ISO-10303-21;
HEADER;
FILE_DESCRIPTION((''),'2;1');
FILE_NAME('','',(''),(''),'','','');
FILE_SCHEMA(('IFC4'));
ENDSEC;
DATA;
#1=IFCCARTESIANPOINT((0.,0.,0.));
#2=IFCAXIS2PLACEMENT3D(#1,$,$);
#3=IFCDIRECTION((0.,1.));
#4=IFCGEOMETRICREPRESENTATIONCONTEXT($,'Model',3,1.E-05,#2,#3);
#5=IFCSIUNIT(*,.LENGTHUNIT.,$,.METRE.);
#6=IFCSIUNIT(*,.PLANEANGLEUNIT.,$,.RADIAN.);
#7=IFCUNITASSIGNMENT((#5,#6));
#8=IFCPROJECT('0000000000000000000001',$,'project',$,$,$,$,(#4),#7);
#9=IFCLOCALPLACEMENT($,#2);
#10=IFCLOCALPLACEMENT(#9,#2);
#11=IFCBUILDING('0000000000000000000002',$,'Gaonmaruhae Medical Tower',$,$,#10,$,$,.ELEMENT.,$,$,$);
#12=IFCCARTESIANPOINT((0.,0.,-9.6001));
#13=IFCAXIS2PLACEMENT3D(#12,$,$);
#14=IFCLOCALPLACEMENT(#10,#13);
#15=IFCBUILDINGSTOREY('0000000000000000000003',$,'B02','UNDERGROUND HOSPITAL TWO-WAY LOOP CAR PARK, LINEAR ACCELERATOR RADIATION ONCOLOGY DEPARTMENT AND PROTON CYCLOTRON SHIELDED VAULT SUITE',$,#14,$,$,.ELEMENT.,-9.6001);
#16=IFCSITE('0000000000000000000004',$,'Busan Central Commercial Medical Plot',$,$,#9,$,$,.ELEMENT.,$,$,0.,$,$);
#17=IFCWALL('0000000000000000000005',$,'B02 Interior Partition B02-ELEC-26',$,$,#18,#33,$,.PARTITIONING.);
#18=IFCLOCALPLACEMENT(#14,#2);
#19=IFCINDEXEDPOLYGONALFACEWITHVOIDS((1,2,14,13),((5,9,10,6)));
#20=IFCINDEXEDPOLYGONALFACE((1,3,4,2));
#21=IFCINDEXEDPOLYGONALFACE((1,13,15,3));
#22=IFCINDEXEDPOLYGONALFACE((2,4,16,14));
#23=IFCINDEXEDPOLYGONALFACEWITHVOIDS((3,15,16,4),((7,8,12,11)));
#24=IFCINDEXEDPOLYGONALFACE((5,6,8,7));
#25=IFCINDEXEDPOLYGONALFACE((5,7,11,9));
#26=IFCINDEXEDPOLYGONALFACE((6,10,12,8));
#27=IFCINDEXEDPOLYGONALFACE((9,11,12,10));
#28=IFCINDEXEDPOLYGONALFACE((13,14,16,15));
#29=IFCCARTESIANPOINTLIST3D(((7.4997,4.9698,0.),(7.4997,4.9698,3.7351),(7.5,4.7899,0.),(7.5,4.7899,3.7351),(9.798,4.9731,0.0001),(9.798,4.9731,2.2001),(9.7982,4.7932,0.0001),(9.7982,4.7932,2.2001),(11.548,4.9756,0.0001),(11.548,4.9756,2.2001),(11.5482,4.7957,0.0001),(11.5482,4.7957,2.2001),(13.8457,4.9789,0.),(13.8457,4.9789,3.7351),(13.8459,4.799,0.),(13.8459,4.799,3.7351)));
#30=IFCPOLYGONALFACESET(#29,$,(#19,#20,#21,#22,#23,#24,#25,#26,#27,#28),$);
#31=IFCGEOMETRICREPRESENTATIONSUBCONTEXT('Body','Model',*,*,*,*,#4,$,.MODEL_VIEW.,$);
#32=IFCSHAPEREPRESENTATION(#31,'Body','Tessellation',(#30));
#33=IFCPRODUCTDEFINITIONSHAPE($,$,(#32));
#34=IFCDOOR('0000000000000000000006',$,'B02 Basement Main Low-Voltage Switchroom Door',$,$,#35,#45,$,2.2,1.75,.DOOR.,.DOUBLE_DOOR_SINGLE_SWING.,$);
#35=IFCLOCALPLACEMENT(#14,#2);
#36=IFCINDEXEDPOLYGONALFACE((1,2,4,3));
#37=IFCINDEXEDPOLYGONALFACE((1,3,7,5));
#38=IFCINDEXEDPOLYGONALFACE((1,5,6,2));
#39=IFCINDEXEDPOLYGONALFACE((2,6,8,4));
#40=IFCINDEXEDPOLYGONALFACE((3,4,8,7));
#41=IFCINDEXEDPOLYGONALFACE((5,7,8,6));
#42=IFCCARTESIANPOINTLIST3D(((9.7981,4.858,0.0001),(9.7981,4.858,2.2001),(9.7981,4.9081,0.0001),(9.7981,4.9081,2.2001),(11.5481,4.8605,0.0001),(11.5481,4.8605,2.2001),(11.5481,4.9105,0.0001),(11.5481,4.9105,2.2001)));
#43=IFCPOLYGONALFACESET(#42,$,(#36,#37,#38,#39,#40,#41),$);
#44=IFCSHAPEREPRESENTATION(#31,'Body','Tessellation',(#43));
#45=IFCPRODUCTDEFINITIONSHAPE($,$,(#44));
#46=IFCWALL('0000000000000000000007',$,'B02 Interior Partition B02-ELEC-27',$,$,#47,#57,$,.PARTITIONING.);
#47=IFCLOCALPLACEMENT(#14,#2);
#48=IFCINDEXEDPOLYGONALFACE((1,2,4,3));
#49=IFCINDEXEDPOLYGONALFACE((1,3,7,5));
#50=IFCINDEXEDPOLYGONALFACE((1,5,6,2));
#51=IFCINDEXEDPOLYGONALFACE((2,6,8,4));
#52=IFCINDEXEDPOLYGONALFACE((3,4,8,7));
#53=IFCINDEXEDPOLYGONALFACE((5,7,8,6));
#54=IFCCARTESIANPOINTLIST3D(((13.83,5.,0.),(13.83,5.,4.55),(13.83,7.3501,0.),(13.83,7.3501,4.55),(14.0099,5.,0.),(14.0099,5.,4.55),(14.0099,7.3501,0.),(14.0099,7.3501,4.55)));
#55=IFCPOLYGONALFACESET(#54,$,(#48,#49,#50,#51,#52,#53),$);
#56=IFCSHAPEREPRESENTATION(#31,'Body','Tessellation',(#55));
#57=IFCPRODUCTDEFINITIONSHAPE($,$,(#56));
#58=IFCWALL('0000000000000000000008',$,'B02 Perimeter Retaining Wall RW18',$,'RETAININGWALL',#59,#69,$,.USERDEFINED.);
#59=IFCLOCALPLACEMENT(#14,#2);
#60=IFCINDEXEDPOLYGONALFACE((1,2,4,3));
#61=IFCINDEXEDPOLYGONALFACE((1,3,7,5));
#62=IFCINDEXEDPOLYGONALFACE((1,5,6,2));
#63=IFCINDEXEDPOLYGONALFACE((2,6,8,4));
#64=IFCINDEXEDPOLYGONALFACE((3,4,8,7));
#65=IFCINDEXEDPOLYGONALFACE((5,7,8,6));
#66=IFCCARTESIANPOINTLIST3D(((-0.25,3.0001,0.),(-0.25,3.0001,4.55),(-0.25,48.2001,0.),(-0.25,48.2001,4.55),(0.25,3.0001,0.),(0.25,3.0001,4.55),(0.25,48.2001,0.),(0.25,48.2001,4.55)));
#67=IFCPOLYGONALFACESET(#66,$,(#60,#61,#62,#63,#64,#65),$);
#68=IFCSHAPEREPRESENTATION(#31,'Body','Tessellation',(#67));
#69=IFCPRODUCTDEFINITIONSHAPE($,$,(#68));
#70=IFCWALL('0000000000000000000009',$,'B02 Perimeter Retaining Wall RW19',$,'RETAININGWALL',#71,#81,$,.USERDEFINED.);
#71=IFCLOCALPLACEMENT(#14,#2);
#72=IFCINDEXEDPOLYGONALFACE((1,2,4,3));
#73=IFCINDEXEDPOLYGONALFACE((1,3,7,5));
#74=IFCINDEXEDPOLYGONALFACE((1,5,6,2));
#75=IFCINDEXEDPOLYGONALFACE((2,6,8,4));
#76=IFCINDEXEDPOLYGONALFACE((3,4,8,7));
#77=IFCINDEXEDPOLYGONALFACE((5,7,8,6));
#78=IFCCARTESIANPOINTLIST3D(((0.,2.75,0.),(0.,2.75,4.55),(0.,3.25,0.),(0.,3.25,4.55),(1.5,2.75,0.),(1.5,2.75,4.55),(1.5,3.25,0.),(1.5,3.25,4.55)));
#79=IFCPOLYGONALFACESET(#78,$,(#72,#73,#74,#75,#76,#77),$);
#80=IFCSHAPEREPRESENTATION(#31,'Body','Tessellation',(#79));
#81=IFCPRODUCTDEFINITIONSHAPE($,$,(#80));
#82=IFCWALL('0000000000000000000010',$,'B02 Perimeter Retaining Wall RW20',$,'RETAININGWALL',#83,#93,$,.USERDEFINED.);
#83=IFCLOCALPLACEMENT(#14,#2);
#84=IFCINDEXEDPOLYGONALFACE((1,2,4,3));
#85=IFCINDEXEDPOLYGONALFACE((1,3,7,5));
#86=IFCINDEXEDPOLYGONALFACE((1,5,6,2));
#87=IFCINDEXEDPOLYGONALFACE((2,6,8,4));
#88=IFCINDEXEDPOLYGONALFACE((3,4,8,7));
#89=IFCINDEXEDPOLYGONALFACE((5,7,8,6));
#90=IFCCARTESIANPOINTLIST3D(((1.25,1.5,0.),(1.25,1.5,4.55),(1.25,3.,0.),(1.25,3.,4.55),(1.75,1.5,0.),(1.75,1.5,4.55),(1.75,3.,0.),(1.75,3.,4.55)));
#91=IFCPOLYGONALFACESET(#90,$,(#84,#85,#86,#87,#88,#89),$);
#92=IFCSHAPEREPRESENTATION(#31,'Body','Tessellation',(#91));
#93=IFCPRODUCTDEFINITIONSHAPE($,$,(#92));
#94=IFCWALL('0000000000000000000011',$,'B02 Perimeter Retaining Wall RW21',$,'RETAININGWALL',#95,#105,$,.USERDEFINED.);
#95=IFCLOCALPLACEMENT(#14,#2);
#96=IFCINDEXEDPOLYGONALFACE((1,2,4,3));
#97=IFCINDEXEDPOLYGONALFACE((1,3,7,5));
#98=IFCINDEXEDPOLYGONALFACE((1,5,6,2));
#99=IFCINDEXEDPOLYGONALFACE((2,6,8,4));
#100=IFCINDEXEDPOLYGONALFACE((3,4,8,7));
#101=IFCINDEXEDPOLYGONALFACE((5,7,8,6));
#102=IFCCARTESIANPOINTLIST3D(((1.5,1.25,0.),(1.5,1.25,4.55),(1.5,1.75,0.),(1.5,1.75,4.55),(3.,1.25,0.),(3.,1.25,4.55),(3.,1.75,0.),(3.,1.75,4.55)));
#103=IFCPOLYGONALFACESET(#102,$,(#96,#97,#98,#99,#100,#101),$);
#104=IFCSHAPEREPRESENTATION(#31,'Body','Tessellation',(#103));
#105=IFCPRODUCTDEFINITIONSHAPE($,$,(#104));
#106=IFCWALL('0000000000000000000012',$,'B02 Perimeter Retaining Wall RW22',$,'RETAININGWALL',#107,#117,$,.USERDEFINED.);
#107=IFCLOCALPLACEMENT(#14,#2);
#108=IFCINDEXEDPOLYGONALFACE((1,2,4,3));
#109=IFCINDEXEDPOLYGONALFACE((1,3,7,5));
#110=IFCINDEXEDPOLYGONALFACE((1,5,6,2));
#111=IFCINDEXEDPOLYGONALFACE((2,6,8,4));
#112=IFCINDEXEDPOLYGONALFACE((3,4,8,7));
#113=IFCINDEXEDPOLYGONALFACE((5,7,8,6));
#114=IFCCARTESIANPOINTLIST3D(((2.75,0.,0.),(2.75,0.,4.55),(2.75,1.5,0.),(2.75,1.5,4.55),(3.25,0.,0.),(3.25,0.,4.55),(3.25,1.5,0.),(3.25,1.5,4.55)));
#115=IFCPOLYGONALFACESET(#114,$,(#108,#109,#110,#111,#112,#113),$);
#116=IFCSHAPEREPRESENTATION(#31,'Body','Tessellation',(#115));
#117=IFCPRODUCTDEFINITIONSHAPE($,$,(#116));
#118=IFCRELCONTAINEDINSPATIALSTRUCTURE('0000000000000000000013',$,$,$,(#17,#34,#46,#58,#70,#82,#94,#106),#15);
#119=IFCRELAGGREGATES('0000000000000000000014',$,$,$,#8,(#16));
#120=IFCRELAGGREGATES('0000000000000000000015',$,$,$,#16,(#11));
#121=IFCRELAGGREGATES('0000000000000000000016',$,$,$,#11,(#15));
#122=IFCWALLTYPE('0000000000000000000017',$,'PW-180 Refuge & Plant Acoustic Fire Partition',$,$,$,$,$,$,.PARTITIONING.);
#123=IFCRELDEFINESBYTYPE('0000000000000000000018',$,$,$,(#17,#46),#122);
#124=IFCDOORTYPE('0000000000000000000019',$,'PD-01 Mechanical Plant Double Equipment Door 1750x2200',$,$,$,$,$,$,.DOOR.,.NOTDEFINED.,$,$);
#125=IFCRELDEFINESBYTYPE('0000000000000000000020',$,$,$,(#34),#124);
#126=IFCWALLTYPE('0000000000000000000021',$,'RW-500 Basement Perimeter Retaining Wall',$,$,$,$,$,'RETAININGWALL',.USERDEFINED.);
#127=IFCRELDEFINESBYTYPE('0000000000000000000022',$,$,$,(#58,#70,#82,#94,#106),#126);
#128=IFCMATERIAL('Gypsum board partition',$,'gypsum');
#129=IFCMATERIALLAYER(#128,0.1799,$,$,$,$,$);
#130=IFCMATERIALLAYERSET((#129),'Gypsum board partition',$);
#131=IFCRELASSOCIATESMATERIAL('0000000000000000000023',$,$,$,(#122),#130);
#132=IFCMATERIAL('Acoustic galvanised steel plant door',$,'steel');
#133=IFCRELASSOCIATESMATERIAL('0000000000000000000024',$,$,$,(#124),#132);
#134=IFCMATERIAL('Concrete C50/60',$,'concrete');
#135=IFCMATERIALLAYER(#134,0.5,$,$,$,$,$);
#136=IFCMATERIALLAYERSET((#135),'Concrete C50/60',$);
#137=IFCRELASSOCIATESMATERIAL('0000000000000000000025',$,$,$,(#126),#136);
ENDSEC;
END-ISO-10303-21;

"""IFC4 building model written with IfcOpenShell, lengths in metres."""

from ifc_helpers import new_model, si_unit, direction, frame, frame_2d, origin, place, context, subcontext, project, spatial, rectangle, extrude, material, layer, layer_set, type_object, element, fill, save


model = new_model("IFC4")

# Units and contexts
model_context = context("Model", 3, precision=1e-05, world=origin(), true_north=direction((0.0, 1.0)))
body_context = subcontext(model_context, "Body", "Model", "MODEL_VIEW")
ifc_project = project(units=[si_unit("LENGTHUNIT", "METRE"), si_unit("PLANEANGLEUNIT", "RADIAN")], contexts=[model_context])

# Site, building, storey
site_placement = place(None, origin())
site = spatial("IfcSite", under=ifc_project, at=site_placement, Name="Busan Central Commercial Medical Plot", CompositionType="ELEMENT", RefElevation=0.0)
building_placement = place(site_placement, origin())
building = spatial("IfcBuilding", under=site, at=building_placement, Name="Gaonmaruhae Medical Tower", CompositionType="ELEMENT")
storey_placement = place(building_placement, frame((0.0, 0.0, -9.6001)))
storey = spatial("IfcBuildingStorey", under=building, at=storey_placement, Name="B02", Description="UNDERGROUND HOSPITAL TWO-WAY LOOP CAR PARK, LINEAR ACCELERATOR RADIATION ONCOLOGY DEPARTMENT AND PROTON CYCLOTRON SHIELDED VAULT SUITE", CompositionType="ELEMENT", Elevation=-9.6001)

# Shared definitions
ifc_material_1 = material(Name="Concrete C50/60", Category="concrete")

# Shared definitions
ifc_material_2 = material(Name="Gypsum board partition", Category="gypsum")
ifc_layer_1 = layer(ifc_material_2, 0.1799)
ifc_layer_set_1 = layer_set([ifc_layer_1], Name="Gypsum board partition")
wall_type_1 = type_object("IfcWallType", Name="PW-180 Refuge & Plant Acoustic Fire Partition", PredefinedType="PARTITIONING", material=ifc_layer_set_1)

# Wall, opening, door
wall_1_placement = place(storey_placement, frame((7.5, 4.8799, 0.0), z_axis=(0.0, 0.0, 1.0), x_axis=(0.999999, 0.001423, 0.0)))
wall_1 = element("IfcWall", 1, at=wall_1_placement, inside=storey, type_object=wall_type_1, Name="B02 Interior Partition B02-ELEC-26", PredefinedType="PARTITIONING", context=body_context, shape_type="SweptSolid", body=[
    extrude(rectangle(XDim=6.3459, YDim=0.1799, at=frame_2d((3.1729, 0.0))), origin(), (0.0, 0.0, 1.0), 3.7351),
])
opening_placement = place(wall_1_placement, frame((2.2981, 0.0, 0.0)))
opening = element("IfcOpeningElement", 2, at=opening_placement, cuts=wall_1, PredefinedType="OPENING", context=body_context, shape_type="SweptSolid", body=[
    extrude(rectangle(XDim=1.75, YDim=2.2, at=frame_2d((0.875, 1.1001))), frame((0.0, 0.1001, 0.0), z_axis=(0.0, -1.0, 0.0), x_axis=(1.0, 0.0, 0.0)), (0.0, 0.0, 1.0), 0.2),
])
ifc_material_3 = material(Name="Acoustic galvanised steel plant door", Category="steel")
door_type = type_object("IfcDoorType", Name="PD-01 Mechanical Plant Double Equipment Door 1750x2200", OperationType="NOTDEFINED", PredefinedType="DOOR", material=ifc_material_3)
door_placement = place(opening_placement, origin())
door = element("IfcDoor", 3, at=door_placement, inside=storey, type_object=door_type, Name="B02 Basement Main Low-Voltage Switchroom Door", OperationType="DOUBLE_DOOR_SINGLE_SWING", OverallHeight=2.2, OverallWidth=1.75, PredefinedType="DOOR", context=body_context, shape_type="SweptSolid", body=[
    extrude(rectangle(XDim=1.75, YDim=2.2, at=frame_2d((0.875, 1.1001))), frame((0.0, 0.0249, 0.0), z_axis=(0.0, -1.0, 0.0), x_axis=(1.0, 0.0, 0.0)), (0.0, 0.0, 1.0), 0.05),
])
fill(opening, door)

# Walls
wall_2_placement = place(storey_placement, frame((13.9199, 5.0, 0.0), z_axis=(0.0, 0.0, 1.0), x_axis=(0.0, 1.0, 0.0)))
element("IfcWall", 4, at=wall_2_placement, inside=storey, type_object=wall_type_1, Name="B02 Interior Partition B02-ELEC-27", PredefinedType="PARTITIONING", context=body_context, shape_type="SweptSolid", body=[
    extrude(rectangle(XDim=2.3501, YDim=0.1799, at=frame_2d((1.175, 0.0))), origin(), (0.0, 0.0, 1.0), 4.55),
])
ifc_layer_2 = layer(ifc_material_1, 0.5)
ifc_layer_set_2 = layer_set([ifc_layer_2], Name="Concrete C50/60")
wall_type_2 = type_object("IfcWallType", Name="RW-500 Basement Perimeter Retaining Wall", ElementType="RETAININGWALL", PredefinedType="USERDEFINED", material=ifc_layer_set_2)
wall_3_placement = place(storey_placement, frame((0.0, 3.0, 0.0), z_axis=(0.0, 0.0, 1.0), x_axis=(0.0, 1.0, 0.0)))
element("IfcWall", 5, at=wall_3_placement, inside=storey, type_object=wall_type_2, Name="B02 Perimeter Retaining Wall RW18", ObjectType="RETAININGWALL", PredefinedType="USERDEFINED", context=body_context, shape_type="SweptSolid", body=[
    extrude(rectangle(XDim=45.2, YDim=0.5, at=frame_2d((22.6001, 0.0))), origin(), (0.0, 0.0, 1.0), 4.55),
])
for number, where, z_axis, x_axis, name in (
    (6, (1.5, 3.0, 0.0), (0.0, 0.0, 1.0), (-1.0, 0.0, 0.0), "B02 Perimeter Retaining Wall RW19"),
    (7, (1.5, 1.5, 0.0), (0.0, 0.0, 1.0), (0.0, 1.0, 0.0), "B02 Perimeter Retaining Wall RW20"),
    (8, (3.0, 1.5, 0.0), (0.0, 0.0, 1.0), (-1.0, 0.0, 0.0), "B02 Perimeter Retaining Wall RW21"),
    (9, (3.0, 0.0, 0.0), (0.0, 0.0, 1.0), (0.0, 1.0, 0.0), "B02 Perimeter Retaining Wall RW22"),
):
    element("IfcWall", number, at=place(storey_placement, frame(where, z_axis=z_axis, x_axis=x_axis)), inside=storey, type_object=wall_type_2, Name=name, ObjectType="RETAININGWALL", PredefinedType="USERDEFINED", context=body_context, shape_type="SweptSolid", body=[
        extrude(rectangle(XDim=1.5, YDim=0.5, at=frame_2d((0.75, 0.0))), origin(), (0.0, 0.0, 1.0), 4.55),
    ])

save(model, "model.ifc")
